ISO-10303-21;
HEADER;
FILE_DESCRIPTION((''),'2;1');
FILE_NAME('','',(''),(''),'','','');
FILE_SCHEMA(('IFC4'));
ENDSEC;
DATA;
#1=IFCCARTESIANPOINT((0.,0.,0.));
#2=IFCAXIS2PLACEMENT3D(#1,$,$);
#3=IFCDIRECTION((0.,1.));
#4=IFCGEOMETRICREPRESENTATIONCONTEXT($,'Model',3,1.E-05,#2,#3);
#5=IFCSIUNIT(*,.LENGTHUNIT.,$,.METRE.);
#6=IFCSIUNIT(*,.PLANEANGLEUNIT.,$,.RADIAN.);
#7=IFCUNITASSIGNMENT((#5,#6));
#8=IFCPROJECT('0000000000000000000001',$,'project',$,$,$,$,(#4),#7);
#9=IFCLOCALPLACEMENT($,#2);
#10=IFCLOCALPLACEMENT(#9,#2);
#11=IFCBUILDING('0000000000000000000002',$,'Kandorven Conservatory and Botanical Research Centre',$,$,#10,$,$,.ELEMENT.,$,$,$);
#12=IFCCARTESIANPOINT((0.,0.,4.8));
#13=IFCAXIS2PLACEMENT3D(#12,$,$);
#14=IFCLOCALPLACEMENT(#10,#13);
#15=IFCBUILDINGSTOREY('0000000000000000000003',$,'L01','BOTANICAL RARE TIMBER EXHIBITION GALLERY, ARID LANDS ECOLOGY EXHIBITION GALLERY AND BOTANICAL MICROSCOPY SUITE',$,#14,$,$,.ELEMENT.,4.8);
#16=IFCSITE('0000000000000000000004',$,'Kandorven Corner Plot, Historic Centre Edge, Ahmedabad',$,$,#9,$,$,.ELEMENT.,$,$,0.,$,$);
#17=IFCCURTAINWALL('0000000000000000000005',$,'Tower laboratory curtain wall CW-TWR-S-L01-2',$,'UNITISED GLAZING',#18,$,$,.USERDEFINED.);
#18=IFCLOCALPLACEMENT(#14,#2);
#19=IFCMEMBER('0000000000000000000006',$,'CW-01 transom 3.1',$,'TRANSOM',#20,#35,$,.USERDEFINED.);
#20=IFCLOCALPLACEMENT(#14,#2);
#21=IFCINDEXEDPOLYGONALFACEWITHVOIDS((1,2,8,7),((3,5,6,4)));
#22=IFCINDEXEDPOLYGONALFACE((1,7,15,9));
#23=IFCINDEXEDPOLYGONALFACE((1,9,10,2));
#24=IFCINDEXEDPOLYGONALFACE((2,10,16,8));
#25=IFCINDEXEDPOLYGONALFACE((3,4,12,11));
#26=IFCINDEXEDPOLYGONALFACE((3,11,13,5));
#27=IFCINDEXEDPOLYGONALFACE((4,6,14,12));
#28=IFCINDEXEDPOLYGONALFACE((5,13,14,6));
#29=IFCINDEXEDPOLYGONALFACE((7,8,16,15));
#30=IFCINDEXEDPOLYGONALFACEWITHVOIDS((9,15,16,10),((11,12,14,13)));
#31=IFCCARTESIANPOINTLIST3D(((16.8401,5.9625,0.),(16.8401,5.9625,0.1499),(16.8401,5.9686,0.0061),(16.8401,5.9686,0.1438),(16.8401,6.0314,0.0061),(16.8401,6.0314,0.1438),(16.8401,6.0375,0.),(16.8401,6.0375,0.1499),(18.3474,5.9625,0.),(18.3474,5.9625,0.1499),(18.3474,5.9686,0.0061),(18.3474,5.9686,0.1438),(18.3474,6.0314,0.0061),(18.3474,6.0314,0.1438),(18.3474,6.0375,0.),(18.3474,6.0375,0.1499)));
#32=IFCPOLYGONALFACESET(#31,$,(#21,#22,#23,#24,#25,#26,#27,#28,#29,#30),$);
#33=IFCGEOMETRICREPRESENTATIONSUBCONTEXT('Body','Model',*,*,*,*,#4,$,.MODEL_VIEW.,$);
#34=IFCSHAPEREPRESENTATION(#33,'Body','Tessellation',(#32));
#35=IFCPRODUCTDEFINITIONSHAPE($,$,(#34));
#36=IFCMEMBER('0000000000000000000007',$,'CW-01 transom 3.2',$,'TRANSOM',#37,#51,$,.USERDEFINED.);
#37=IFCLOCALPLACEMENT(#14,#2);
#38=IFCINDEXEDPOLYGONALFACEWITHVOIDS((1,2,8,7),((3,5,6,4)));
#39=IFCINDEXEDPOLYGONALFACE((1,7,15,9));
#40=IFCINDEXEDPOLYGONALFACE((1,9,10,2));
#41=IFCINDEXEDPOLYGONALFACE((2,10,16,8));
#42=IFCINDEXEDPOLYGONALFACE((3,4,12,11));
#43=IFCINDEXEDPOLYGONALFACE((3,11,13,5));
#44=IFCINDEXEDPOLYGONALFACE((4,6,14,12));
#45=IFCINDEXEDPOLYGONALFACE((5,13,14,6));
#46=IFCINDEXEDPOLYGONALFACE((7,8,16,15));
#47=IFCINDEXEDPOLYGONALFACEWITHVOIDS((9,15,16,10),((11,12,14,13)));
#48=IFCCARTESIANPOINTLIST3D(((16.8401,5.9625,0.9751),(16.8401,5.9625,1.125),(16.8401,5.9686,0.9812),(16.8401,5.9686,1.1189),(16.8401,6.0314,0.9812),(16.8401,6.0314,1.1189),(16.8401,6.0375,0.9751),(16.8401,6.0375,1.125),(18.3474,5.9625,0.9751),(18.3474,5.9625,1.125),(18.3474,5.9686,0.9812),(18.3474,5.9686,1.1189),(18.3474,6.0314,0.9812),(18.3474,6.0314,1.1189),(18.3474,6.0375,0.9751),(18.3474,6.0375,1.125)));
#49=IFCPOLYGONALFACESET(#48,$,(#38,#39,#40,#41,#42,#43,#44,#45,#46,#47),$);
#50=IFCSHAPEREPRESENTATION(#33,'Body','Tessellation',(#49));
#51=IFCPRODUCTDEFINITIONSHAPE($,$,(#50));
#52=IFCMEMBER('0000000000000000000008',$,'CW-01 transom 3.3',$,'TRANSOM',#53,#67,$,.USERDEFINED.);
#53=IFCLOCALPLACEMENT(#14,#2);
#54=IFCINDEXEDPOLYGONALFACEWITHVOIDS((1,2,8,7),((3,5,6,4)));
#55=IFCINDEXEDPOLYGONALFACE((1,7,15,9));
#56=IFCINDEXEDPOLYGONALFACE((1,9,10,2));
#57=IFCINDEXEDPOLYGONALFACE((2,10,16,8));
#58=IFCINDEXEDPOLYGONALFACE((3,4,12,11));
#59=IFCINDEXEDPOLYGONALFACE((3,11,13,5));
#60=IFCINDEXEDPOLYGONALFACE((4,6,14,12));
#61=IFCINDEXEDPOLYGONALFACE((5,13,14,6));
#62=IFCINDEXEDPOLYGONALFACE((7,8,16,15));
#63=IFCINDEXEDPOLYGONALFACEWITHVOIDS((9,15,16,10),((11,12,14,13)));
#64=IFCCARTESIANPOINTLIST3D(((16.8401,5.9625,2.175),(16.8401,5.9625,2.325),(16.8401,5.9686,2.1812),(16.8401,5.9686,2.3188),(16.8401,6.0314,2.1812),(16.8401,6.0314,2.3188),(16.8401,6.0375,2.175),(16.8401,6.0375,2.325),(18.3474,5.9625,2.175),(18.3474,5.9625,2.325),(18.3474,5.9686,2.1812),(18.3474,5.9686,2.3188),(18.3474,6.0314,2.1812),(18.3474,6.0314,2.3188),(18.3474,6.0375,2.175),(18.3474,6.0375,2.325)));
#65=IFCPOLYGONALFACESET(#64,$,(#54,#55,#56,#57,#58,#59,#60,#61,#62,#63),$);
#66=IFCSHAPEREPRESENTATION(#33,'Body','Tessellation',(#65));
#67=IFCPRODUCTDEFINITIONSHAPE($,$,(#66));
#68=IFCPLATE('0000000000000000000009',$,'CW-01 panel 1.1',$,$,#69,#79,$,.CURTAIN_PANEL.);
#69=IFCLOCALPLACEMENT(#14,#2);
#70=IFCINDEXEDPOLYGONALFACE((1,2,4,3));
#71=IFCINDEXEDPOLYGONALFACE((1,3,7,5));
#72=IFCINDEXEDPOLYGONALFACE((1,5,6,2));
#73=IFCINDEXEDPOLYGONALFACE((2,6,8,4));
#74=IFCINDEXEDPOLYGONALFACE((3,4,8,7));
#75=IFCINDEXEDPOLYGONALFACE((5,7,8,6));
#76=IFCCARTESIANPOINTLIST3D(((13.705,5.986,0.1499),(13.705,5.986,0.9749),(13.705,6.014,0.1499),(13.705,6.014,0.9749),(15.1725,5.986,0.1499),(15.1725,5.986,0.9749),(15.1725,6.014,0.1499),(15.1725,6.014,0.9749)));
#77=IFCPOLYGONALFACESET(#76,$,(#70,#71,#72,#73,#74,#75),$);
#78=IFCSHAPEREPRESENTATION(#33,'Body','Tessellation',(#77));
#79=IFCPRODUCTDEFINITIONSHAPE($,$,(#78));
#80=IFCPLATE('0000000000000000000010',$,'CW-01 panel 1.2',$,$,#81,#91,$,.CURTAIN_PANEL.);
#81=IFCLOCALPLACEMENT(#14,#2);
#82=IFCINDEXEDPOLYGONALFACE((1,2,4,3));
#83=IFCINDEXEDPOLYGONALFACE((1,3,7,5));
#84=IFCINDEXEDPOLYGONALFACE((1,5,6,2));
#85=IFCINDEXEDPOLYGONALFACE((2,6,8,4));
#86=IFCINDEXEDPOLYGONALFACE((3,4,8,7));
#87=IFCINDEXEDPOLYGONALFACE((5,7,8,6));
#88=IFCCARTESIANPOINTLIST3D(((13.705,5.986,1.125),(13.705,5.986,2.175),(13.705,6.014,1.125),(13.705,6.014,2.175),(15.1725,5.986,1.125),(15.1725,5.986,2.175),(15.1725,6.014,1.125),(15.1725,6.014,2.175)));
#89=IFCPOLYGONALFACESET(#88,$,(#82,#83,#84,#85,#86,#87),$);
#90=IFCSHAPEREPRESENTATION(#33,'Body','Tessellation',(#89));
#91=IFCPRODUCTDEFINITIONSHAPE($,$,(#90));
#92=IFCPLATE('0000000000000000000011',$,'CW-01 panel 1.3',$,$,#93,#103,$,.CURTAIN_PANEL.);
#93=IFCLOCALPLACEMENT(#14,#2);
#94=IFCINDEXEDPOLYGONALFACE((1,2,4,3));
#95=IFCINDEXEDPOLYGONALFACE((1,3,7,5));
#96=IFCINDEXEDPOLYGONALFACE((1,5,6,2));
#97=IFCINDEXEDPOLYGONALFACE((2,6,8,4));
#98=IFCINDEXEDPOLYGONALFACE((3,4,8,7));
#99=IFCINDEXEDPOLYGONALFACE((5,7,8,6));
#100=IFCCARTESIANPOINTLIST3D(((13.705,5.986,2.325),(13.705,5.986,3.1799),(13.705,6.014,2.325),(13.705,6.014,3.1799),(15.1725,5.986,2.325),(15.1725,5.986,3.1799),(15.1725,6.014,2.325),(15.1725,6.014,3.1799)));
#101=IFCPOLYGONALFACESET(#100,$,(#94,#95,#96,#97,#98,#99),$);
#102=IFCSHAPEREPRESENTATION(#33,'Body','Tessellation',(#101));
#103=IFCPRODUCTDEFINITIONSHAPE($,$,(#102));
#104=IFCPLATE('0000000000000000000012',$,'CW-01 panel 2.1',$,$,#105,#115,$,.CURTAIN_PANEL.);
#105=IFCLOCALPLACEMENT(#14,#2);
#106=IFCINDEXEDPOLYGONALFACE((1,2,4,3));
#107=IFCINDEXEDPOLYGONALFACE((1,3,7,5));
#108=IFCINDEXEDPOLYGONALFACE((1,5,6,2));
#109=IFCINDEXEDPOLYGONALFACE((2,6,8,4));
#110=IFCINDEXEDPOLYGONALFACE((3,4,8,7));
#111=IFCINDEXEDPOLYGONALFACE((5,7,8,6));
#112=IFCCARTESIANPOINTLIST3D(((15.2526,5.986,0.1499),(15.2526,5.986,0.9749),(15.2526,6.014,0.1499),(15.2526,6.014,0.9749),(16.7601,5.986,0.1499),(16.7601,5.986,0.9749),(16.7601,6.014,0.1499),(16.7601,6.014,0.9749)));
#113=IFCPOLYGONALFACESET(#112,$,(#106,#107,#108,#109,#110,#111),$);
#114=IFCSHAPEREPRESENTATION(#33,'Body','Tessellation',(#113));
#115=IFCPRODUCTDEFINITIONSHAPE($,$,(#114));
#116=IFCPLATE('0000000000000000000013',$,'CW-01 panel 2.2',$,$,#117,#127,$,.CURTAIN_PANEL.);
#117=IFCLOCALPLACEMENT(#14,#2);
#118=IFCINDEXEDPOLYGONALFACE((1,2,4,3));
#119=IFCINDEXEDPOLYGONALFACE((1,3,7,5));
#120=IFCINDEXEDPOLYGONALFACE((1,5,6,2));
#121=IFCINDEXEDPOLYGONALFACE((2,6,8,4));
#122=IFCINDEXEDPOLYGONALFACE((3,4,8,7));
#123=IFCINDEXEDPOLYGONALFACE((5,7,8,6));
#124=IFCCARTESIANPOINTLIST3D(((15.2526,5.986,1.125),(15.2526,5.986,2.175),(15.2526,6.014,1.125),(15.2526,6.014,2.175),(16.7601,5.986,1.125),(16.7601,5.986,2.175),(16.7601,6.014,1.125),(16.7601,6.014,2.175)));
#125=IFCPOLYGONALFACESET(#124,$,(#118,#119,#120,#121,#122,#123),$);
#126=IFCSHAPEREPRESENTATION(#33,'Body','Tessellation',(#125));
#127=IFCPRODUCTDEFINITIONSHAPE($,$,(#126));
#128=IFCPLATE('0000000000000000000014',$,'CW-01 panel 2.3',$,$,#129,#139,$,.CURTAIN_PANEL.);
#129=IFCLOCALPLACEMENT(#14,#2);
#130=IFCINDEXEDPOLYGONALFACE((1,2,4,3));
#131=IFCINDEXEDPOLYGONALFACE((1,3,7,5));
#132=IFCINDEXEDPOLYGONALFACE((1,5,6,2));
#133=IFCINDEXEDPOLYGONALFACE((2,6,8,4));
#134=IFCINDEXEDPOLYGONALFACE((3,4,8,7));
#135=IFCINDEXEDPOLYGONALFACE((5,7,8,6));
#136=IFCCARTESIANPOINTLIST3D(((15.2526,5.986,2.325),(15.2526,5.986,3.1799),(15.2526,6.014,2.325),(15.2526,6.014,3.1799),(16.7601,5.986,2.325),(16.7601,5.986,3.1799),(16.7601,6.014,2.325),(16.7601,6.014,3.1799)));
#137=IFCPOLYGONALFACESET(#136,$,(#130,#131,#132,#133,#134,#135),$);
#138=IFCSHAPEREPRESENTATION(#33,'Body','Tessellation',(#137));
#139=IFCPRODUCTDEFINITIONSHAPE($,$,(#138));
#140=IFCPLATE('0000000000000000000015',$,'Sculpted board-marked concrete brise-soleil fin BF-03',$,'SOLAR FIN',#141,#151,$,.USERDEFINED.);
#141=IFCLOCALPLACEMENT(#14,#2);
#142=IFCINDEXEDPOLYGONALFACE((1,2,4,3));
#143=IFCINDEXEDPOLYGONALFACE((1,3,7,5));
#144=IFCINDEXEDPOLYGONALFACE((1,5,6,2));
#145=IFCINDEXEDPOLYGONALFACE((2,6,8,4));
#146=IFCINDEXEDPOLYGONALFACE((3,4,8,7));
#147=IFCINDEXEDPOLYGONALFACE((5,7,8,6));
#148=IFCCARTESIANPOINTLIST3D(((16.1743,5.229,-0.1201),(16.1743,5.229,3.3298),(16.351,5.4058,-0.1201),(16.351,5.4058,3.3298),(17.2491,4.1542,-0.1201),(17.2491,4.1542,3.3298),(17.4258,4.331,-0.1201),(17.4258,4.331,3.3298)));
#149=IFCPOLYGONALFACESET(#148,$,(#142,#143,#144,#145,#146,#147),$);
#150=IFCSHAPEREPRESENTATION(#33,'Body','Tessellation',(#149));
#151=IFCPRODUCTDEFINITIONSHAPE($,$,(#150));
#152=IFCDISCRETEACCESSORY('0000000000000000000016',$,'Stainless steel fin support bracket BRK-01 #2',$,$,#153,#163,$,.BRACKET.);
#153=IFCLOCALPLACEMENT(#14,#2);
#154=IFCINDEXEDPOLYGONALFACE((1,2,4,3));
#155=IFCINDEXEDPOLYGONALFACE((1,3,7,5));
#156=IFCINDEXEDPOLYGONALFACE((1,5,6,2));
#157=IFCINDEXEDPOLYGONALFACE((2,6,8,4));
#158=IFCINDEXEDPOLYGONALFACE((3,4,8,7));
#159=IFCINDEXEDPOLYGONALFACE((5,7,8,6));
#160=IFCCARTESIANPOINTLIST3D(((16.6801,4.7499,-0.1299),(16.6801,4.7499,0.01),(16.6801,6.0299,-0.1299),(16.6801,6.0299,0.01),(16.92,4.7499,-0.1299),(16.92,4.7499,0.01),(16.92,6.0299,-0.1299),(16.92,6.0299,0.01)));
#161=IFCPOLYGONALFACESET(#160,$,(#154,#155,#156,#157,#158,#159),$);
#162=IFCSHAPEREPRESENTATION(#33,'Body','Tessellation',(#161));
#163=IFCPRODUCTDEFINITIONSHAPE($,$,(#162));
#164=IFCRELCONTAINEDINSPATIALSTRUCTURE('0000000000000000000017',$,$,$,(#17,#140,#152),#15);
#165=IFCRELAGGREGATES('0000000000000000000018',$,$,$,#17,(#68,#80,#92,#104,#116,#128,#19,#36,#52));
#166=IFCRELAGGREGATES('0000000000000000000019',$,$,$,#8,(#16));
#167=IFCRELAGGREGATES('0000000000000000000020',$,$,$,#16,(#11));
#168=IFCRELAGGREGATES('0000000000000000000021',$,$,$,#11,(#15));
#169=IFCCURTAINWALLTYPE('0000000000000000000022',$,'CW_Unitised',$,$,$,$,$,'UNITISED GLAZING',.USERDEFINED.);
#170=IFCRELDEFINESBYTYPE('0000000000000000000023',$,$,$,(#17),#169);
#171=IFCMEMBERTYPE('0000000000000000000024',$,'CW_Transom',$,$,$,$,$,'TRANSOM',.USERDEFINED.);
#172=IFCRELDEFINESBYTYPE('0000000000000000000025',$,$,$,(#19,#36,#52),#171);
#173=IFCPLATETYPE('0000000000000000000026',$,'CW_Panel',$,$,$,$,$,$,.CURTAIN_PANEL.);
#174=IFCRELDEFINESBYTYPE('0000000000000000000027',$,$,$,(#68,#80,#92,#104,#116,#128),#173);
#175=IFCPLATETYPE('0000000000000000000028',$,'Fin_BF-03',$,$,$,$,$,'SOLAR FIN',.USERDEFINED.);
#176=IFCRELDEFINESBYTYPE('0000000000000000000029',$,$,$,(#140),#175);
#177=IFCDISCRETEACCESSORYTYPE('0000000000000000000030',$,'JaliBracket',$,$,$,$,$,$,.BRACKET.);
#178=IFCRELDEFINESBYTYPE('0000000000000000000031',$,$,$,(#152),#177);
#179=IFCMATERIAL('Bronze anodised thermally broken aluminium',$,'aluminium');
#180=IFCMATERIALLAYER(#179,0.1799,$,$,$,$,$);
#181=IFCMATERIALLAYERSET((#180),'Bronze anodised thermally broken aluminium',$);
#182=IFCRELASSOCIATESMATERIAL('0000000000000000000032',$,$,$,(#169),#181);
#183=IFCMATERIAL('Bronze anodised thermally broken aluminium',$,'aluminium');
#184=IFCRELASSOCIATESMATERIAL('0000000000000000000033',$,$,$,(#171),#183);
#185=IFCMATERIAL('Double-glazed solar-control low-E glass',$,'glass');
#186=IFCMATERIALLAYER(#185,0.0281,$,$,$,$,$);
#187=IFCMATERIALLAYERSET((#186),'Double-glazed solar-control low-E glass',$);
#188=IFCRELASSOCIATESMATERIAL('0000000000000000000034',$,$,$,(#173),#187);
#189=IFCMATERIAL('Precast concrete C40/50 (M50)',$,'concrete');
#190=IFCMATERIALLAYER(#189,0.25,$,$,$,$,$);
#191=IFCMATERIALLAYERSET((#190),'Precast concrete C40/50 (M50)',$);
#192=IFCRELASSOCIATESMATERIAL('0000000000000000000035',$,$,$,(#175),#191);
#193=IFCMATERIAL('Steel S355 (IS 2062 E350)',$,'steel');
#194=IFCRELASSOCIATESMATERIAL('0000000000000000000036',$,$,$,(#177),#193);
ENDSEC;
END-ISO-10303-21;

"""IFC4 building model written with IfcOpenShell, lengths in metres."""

from ifc_helpers import new_model, si_unit, direction, frame, origin, origin_2d, place, context, subcontext, project, spatial, rectangle, hollow_rectangle, extrude, material, layer, layer_set, material_profile, profile_set, type_object, element, aggregate, save


model = new_model("IFC4")

# Units and contexts
model_context = context("Model", 3, precision=1e-05, world=origin(), true_north=direction((0.0, 1.0)))
body_context = subcontext(model_context, "Body", "Model", "MODEL_VIEW")
ifc_project = project(units=[si_unit("LENGTHUNIT", "METRE"), si_unit("PLANEANGLEUNIT", "RADIAN")], contexts=[model_context])

# Site, building, storey
site_placement = place(None, origin())
site = spatial("IfcSite", under=ifc_project, at=site_placement, Name="Kandorven Corner Plot, Historic Centre Edge, Ahmedabad", CompositionType="ELEMENT", RefElevation=0.0)
building_placement = place(site_placement, origin())
building = spatial("IfcBuilding", under=site, at=building_placement, Name="Kandorven Conservatory and Botanical Research Centre", CompositionType="ELEMENT")
storey_placement = place(building_placement, frame((0.0, 0.0, 4.8)))
storey = spatial("IfcBuildingStorey", under=building, at=storey_placement, Name="L01", Description="BOTANICAL RARE TIMBER EXHIBITION GALLERY, ARID LANDS ECOLOGY EXHIBITION GALLERY AND BOTANICAL MICROSCOPY SUITE", CompositionType="ELEMENT", Elevation=4.8)

# Curtain wall, members, plates
ifc_material_1 = material(Name="Bronze anodised thermally broken aluminium", Category="aluminium")
ifc_layer_1 = layer(ifc_material_1, 0.1799)
ifc_layer_set_1 = layer_set([ifc_layer_1], Name="Bronze anodised thermally broken aluminium")
curtain_wall_type = type_object("IfcCurtainWallType", Name="CW_Unitised", ElementType="UNITISED GLAZING", PredefinedType="USERDEFINED", material=ifc_layer_set_1)
curtain_wall_placement = place(storey_placement, origin())
curtain_wall = element("IfcCurtainWall", 1, at=curtain_wall_placement, inside=storey, type_object=curtain_wall_type, Name="Tower laboratory curtain wall CW-TWR-S-L01-2", ObjectType="UNITISED GLAZING", PredefinedType="USERDEFINED")
ifc_material_2 = material(Name="Bronze anodised thermally broken aluminium", Category="aluminium")
ifc_material_profile_1 = material_profile(ifc_material_2, hollow_rectangle(XDim=0.075, YDim=0.1499, WallThickness=0.0061, at=origin_2d()))
ifc_profile_set_1 = profile_set([ifc_material_profile_1], Name="Bronze anodised thermally broken aluminium")
member_type_1 = type_object("IfcMemberType", Name="CW_Transom", ElementType="TRANSOM", PredefinedType="USERDEFINED", material=ifc_profile_set_1)
member_1_placement = place(storey_placement, frame((16.8401, 6.0, 0.075), z_axis=(1.0, 0.0, 0.0), x_axis=(0.0, 1.0, 0.0)))
member_1 = element("IfcMember", 2, at=member_1_placement, type_object=member_type_1, Name="CW-01 transom 3.1", ObjectType="TRANSOM", PredefinedType="USERDEFINED", context=body_context, shape_type="SweptSolid", body=[
    extrude(hollow_rectangle(XDim=0.075, YDim=0.1499, WallThickness=0.0061, at=origin_2d()), origin(), (0.0, 0.0, 1.0), 1.5073),
])
member_2_placement = place(storey_placement, frame((16.8401, 6.0, 1.05), z_axis=(1.0, 0.0, 0.0), x_axis=(0.0, 1.0, 0.0)))
member_2 = element("IfcMember", 3, at=member_2_placement, type_object=member_type_1, Name="CW-01 transom 3.2", ObjectType="TRANSOM", PredefinedType="USERDEFINED", context=body_context, shape_type="SweptSolid", body=[
    extrude(hollow_rectangle(XDim=0.075, YDim=0.1499, WallThickness=0.0061, at=origin_2d()), origin(), (0.0, 0.0, 1.0), 1.5073),
])
member_3_placement = place(storey_placement, frame((16.8401, 6.0, 2.25), z_axis=(1.0, 0.0, 0.0), x_axis=(0.0, 1.0, 0.0)))
member_3 = element("IfcMember", 4, at=member_3_placement, type_object=member_type_1, Name="CW-01 transom 3.3", ObjectType="TRANSOM", PredefinedType="USERDEFINED", context=body_context, shape_type="SweptSolid", body=[
    extrude(hollow_rectangle(XDim=0.075, YDim=0.1499, WallThickness=0.0061, at=origin_2d()), origin(), (0.0, 0.0, 1.0), 1.5073),
])
ifc_material_3 = material(Name="Double-glazed solar-control low-E glass", Category="glass")
ifc_layer_2 = layer(ifc_material_3, 0.0281)
ifc_layer_set_2 = layer_set([ifc_layer_2], Name="Double-glazed solar-control low-E glass")
plate_type_1 = type_object("IfcPlateType", Name="CW_Panel", PredefinedType="CURTAIN_PANEL", material=ifc_layer_set_2)
plate_1_placement = place(storey_placement, frame((14.4387, 6.0, 0.1499), z_axis=(0.0, 0.0, 1.0), x_axis=(1.0, 0.0, 0.0)))
plate_1 = element("IfcPlate", 5, at=plate_1_placement, type_object=plate_type_1, Name="CW-01 panel 1.1", PredefinedType="CURTAIN_PANEL", context=body_context, shape_type="SweptSolid", body=[
    extrude(rectangle(XDim=1.4675, YDim=0.0281, at=origin_2d()), origin(), (0.0, 0.0, 1.0), 0.825),
])
plate_2_placement = place(storey_placement, frame((14.4387, 6.0, 1.125), z_axis=(0.0, 0.0, 1.0), x_axis=(1.0, 0.0, 0.0)))
plate_2 = element("IfcPlate", 6, at=plate_2_placement, type_object=plate_type_1, Name="CW-01 panel 1.2", PredefinedType="CURTAIN_PANEL", context=body_context, shape_type="SweptSolid", body=[
    extrude(rectangle(XDim=1.4675, YDim=0.0281, at=origin_2d()), origin(), (0.0, 0.0, 1.0), 1.05),
])
plate_3_placement = place(storey_placement, frame((14.4387, 6.0, 2.325), z_axis=(0.0, 0.0, 1.0), x_axis=(1.0, 0.0, 0.0)))
plate_3 = element("IfcPlate", 7, at=plate_3_placement, type_object=plate_type_1, Name="CW-01 panel 1.3", PredefinedType="CURTAIN_PANEL", context=body_context, shape_type="SweptSolid", body=[
    extrude(rectangle(XDim=1.4675, YDim=0.0281, at=origin_2d()), origin(), (0.0, 0.0, 1.0), 0.855),
])
plate_4_placement = place(storey_placement, frame((16.0063, 6.0, 0.1499), z_axis=(0.0, 0.0, 1.0), x_axis=(1.0, 0.0, 0.0)))
plate_4 = element("IfcPlate", 8, at=plate_4_placement, type_object=plate_type_1, Name="CW-01 panel 2.1", PredefinedType="CURTAIN_PANEL", context=body_context, shape_type="SweptSolid", body=[
    extrude(rectangle(XDim=1.5076, YDim=0.0281, at=origin_2d()), origin(), (0.0, 0.0, 1.0), 0.825),
])
plate_5_placement = place(storey_placement, frame((16.0063, 6.0, 1.125), z_axis=(0.0, 0.0, 1.0), x_axis=(1.0, 0.0, 0.0)))
plate_5 = element("IfcPlate", 9, at=plate_5_placement, type_object=plate_type_1, Name="CW-01 panel 2.2", PredefinedType="CURTAIN_PANEL", context=body_context, shape_type="SweptSolid", body=[
    extrude(rectangle(XDim=1.5076, YDim=0.0281, at=origin_2d()), origin(), (0.0, 0.0, 1.0), 1.05),
])
plate_6_placement = place(storey_placement, frame((16.0063, 6.0, 2.325), z_axis=(0.0, 0.0, 1.0), x_axis=(1.0, 0.0, 0.0)))
plate_6 = element("IfcPlate", 10, at=plate_6_placement, type_object=plate_type_1, Name="CW-01 panel 2.3", PredefinedType="CURTAIN_PANEL", context=body_context, shape_type="SweptSolid", body=[
    extrude(rectangle(XDim=1.5076, YDim=0.0281, at=origin_2d()), origin(), (0.0, 0.0, 1.0), 0.855),
])
aggregate(curtain_wall, [plate_1, plate_2, plate_3, plate_4, plate_5, plate_6, member_1, member_2, member_3])

# Plate
ifc_material_4 = material(Name="Precast concrete C40/50 (M50)", Category="concrete")
ifc_layer_3 = layer(ifc_material_4, 0.25)
ifc_layer_set_3 = layer_set([ifc_layer_3], Name="Precast concrete C40/50 (M50)")
plate_type_2 = type_object("IfcPlateType", Name="Fin_BF-03", ElementType="SOLAR FIN", PredefinedType="USERDEFINED", material=ifc_layer_set_3)
plate_7_placement = place(storey_placement, frame((16.8, 4.78, -0.1201), z_axis=(0.0, 0.0, 1.0), x_axis=(-0.707107, 0.707107, 0.0)))
element("IfcPlate", 11, at=plate_7_placement, inside=storey, type_object=plate_type_2, Name="Sculpted board-marked concrete brise-soleil fin BF-03", ObjectType="SOLAR FIN", PredefinedType="USERDEFINED", context=body_context, shape_type="SweptSolid", body=[
    extrude(rectangle(XDim=1.52, YDim=0.25, at=origin_2d()), origin(), (0.0, 0.0, 1.0), 3.45),
])

# Discrete accessory
ifc_material_5 = material(Name="Steel S355 (IS 2062 E350)", Category="steel")
discrete_accessory_type = type_object("IfcDiscreteAccessoryType", Name="JaliBracket", PredefinedType="BRACKET", material=ifc_material_5)
discrete_accessory_placement = place(storey_placement, frame((16.8, 5.3899, -0.1299), z_axis=(0.0, 0.0, 1.0), x_axis=(1.0, 0.0, 0.0)))
element("IfcDiscreteAccessory", 12, at=discrete_accessory_placement, inside=storey, type_object=discrete_accessory_type, Name="Stainless steel fin support bracket BRK-01 #2", PredefinedType="BRACKET", context=body_context, shape_type="SweptSolid", body=[
    extrude(rectangle(XDim=0.24, YDim=1.28, at=origin_2d()), origin(), (0.0, 0.0, 1.0), 0.1399),
])

save(model, "model.ifc")
